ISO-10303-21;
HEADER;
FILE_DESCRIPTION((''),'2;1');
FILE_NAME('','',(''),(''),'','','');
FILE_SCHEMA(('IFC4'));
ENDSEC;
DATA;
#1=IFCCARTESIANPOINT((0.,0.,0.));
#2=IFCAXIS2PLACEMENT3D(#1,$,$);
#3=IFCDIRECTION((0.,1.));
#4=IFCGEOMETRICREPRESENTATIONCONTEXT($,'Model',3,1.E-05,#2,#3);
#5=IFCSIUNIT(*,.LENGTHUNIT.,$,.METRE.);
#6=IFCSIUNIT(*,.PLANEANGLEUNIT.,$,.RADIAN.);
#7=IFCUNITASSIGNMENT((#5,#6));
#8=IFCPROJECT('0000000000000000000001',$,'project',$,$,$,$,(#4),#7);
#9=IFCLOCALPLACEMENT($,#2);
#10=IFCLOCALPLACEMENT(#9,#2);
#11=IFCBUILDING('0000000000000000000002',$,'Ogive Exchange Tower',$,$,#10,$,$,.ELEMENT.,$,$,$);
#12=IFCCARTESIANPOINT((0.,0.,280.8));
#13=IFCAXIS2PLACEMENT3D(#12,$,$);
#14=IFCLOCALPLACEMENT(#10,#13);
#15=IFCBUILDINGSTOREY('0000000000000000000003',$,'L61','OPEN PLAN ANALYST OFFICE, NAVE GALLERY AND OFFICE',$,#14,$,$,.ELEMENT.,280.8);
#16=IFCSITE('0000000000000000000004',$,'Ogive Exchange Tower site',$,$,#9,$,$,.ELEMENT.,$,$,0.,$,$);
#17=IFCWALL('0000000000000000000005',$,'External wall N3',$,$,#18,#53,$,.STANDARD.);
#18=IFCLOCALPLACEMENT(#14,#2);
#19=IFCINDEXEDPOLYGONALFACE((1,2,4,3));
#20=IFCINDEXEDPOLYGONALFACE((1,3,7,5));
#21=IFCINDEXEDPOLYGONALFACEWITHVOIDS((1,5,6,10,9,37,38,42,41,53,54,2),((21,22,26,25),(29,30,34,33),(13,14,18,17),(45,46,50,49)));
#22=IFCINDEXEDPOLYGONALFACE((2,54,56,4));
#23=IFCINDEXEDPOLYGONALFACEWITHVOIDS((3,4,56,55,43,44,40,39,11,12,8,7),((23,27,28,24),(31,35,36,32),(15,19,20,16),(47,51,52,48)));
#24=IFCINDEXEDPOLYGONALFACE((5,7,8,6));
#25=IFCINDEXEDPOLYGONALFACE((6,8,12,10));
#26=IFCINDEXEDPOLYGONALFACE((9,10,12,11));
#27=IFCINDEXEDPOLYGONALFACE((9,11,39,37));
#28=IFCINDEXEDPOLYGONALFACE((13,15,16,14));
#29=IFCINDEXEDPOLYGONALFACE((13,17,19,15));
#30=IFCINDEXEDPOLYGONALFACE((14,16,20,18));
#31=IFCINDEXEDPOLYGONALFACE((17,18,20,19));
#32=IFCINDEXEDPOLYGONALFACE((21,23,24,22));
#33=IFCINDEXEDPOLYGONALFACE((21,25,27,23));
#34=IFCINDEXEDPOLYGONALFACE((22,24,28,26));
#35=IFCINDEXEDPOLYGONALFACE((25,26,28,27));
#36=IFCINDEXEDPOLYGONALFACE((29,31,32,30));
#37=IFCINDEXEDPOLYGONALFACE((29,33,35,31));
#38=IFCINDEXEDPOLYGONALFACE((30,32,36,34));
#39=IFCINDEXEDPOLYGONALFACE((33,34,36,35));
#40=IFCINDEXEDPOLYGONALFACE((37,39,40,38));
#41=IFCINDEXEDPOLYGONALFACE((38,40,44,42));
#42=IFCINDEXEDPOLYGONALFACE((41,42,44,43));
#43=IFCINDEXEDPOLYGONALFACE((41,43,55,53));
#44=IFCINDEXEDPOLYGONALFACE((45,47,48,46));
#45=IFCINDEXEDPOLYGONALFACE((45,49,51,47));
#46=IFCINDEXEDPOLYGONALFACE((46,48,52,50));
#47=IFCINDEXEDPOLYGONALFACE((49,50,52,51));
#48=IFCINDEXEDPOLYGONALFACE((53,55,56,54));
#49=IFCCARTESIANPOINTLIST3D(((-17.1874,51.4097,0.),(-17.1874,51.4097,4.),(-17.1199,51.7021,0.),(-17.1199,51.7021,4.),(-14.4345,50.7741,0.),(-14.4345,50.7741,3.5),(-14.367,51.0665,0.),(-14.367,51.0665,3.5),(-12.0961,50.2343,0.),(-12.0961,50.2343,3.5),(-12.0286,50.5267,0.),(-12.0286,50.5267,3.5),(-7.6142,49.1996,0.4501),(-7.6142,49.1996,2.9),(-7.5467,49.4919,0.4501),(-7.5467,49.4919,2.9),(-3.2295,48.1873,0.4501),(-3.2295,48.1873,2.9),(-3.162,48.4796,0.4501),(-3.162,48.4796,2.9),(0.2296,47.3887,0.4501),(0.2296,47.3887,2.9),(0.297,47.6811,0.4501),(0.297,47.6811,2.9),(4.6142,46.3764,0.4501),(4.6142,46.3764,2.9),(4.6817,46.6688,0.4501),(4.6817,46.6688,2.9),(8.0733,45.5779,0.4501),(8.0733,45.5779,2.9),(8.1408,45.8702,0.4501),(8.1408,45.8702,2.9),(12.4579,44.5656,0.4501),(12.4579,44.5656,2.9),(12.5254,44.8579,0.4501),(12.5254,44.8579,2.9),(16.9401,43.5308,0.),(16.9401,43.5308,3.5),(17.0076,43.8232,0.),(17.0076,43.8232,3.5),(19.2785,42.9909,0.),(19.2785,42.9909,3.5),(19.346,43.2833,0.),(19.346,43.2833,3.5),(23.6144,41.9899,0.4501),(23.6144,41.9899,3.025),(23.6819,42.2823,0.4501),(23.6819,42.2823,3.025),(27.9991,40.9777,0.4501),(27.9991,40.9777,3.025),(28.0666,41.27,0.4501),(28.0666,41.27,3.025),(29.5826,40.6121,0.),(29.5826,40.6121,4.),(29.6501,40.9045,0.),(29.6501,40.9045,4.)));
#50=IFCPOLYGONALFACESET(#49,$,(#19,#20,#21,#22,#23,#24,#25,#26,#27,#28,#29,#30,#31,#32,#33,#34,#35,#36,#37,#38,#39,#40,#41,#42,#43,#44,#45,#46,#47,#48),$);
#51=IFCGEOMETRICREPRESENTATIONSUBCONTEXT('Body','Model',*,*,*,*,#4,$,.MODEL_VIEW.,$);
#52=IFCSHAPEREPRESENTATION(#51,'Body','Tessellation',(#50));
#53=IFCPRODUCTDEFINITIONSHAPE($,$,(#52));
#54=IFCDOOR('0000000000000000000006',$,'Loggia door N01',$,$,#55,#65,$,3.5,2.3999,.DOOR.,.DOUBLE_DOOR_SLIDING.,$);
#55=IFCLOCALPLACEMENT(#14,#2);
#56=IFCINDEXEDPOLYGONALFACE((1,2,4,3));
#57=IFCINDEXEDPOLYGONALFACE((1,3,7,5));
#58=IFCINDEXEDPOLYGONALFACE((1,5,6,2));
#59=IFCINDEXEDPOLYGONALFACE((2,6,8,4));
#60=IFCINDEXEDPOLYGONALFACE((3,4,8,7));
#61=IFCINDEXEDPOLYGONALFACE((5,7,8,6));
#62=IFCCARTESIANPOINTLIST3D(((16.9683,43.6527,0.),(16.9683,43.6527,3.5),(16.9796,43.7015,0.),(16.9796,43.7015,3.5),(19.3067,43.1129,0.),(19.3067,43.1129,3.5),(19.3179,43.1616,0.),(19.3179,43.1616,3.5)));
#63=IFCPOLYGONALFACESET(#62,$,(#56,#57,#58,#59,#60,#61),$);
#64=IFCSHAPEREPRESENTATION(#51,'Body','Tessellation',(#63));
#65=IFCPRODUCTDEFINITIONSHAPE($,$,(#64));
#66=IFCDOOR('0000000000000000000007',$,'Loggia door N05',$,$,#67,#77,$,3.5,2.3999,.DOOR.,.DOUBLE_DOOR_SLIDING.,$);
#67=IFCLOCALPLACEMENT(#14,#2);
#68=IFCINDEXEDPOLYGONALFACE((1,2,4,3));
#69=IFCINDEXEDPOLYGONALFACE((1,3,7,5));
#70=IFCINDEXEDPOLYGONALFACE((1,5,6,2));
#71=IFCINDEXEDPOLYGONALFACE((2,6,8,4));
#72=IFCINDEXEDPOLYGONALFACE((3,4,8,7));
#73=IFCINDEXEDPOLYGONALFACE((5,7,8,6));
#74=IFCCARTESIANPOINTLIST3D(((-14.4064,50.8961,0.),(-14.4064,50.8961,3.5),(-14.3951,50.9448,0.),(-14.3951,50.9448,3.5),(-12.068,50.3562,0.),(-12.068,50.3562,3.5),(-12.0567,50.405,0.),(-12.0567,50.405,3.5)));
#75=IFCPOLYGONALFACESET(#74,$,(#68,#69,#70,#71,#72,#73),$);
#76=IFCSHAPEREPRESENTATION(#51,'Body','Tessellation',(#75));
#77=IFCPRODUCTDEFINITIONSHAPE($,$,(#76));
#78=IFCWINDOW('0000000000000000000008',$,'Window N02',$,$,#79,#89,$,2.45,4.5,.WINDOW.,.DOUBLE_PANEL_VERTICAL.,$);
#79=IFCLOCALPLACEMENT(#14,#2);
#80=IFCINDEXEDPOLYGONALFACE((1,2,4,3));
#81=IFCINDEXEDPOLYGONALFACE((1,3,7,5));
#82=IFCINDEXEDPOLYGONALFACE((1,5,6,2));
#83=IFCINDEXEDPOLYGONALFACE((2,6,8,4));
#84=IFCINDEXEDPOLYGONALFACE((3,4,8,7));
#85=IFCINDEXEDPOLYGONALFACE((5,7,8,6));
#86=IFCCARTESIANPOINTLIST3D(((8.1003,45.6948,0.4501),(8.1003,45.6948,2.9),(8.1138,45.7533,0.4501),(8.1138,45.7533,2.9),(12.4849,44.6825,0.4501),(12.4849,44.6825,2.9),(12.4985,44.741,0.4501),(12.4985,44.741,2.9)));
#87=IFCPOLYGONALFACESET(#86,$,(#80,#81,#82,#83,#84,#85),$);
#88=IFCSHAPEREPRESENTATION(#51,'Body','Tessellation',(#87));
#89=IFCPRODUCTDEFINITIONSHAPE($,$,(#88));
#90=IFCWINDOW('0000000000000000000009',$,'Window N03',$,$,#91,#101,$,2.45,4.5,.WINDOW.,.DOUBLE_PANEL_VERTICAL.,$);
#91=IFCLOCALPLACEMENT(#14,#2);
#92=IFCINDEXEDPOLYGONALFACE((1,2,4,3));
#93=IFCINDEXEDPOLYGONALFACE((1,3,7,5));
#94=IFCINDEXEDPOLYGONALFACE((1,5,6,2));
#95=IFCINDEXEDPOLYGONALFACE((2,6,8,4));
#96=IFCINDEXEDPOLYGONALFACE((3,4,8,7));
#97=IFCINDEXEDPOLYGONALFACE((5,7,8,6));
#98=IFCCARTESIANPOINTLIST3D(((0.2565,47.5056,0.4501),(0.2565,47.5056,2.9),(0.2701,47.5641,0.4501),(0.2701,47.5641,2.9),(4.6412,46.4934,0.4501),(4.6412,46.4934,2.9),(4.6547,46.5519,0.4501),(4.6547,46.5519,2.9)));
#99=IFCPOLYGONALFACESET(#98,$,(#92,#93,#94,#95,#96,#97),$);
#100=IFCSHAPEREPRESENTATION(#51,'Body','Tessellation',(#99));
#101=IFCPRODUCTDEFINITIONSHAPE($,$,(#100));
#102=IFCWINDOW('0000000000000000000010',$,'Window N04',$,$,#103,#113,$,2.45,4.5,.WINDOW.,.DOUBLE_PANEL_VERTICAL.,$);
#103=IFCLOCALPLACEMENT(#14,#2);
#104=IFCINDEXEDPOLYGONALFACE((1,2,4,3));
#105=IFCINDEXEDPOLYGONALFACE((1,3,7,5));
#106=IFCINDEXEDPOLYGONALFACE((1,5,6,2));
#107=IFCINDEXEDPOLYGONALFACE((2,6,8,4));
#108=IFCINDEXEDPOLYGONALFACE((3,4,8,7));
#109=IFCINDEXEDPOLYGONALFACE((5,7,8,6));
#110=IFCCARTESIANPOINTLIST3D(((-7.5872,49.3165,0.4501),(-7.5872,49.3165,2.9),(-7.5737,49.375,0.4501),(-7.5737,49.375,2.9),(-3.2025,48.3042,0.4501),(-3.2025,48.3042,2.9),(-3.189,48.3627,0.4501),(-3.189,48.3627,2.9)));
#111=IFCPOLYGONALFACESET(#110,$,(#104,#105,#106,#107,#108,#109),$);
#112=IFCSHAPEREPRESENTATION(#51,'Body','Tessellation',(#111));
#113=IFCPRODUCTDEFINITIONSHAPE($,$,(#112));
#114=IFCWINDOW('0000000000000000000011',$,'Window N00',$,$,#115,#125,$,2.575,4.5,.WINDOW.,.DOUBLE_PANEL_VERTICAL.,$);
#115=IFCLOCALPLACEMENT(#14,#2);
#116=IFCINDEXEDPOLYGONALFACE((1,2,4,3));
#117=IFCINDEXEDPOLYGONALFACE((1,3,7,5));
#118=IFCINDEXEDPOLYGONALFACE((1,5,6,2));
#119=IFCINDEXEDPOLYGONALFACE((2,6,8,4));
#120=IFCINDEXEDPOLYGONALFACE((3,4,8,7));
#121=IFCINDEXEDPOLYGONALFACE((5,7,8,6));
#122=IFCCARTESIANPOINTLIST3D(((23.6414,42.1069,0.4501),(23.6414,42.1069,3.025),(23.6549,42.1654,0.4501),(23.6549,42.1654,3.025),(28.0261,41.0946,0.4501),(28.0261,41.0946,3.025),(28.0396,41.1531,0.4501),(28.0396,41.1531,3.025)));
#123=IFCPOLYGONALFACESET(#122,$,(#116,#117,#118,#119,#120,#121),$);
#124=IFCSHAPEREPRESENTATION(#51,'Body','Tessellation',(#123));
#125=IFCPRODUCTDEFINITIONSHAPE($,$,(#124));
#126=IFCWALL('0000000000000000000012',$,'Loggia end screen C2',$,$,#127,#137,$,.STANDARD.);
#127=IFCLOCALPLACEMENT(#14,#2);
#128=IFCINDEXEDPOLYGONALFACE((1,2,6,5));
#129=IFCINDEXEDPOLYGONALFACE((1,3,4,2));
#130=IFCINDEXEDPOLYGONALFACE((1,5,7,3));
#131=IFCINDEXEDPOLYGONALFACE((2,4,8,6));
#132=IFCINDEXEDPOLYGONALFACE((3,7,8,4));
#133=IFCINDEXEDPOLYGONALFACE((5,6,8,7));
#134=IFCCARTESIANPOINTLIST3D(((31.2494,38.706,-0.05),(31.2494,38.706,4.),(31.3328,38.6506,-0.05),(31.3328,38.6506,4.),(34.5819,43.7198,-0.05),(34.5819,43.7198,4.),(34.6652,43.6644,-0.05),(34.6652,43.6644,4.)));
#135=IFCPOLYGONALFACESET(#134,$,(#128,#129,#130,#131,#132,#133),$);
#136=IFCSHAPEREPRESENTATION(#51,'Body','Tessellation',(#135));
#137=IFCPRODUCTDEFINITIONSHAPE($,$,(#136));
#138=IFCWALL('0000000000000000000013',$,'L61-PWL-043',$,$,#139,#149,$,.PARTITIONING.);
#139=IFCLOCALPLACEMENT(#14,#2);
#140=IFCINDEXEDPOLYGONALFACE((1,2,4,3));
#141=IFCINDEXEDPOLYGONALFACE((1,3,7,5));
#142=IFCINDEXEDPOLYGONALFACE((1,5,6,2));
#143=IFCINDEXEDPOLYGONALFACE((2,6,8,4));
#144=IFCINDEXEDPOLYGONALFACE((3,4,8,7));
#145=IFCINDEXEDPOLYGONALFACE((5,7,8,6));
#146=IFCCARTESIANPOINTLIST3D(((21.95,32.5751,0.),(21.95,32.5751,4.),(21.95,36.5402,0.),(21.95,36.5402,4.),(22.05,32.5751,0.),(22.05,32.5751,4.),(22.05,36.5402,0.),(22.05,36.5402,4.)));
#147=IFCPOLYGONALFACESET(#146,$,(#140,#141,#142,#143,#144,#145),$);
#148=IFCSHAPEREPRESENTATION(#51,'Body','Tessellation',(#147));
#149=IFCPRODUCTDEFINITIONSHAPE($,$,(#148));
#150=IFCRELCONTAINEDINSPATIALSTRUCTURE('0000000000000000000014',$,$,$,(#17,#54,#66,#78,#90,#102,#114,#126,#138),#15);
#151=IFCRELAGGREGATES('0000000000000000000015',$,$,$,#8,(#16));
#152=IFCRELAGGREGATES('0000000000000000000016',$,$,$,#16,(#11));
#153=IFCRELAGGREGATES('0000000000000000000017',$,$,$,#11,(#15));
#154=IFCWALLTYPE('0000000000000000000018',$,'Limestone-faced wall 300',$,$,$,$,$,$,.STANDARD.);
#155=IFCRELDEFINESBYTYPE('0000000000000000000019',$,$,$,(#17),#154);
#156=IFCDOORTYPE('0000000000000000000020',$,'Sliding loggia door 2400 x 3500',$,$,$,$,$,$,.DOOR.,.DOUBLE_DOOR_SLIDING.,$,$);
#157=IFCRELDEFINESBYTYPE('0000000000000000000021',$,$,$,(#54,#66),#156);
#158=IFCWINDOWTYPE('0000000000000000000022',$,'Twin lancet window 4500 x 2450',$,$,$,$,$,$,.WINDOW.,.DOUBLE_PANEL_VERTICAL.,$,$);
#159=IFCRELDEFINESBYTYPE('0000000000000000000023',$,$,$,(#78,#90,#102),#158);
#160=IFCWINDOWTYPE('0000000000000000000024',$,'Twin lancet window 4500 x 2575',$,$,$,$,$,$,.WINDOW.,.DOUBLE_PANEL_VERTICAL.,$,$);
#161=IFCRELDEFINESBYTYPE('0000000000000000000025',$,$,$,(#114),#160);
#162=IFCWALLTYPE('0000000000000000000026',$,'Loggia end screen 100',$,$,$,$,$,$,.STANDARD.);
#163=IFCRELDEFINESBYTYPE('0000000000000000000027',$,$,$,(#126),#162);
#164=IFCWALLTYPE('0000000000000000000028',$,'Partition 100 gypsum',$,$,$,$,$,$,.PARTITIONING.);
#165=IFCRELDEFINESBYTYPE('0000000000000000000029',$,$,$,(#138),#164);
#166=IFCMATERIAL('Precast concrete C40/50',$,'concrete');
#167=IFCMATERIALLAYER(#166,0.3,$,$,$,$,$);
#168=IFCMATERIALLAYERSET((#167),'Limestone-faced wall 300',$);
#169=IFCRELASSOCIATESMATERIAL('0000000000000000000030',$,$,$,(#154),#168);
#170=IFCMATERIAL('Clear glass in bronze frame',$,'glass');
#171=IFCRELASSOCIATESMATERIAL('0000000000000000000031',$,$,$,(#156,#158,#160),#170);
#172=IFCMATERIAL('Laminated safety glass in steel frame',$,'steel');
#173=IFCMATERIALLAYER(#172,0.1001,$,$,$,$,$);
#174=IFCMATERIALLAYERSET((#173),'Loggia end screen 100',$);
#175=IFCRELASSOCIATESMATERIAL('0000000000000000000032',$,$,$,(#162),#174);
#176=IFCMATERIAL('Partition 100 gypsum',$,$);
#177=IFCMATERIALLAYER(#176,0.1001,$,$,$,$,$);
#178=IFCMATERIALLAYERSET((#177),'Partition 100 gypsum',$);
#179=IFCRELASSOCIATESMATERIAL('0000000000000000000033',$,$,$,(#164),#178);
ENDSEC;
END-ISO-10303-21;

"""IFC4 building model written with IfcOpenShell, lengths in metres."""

from ifc_helpers import new_model, si_unit, direction, frame, frame_2d, origin, place, context, subcontext, project, spatial, rectangle, extrude, material, layer, layer_set, type_object, element, fill, save


model = new_model("IFC4")

# Units and contexts
model_context = context("Model", 3, precision=1e-05, world=origin(), true_north=direction((0.0, 1.0)))
body_context = subcontext(model_context, "Body", "Model", "MODEL_VIEW")
ifc_project = project(units=[si_unit("LENGTHUNIT", "METRE"), si_unit("PLANEANGLEUNIT", "RADIAN")], contexts=[model_context])

# Site, building, storey
site_placement = place(None, origin())
site = spatial("IfcSite", under=ifc_project, at=site_placement, Name="Ogive Exchange Tower site", CompositionType="ELEMENT", RefElevation=0.0)
building_placement = place(site_placement, origin())
building = spatial("IfcBuilding", under=site, at=building_placement, Name="Ogive Exchange Tower", CompositionType="ELEMENT")
storey_placement = place(building_placement, frame((0.0, 0.0, 280.8)))
storey = spatial("IfcBuildingStorey", under=building, at=storey_placement, Name="L61", Description="OPEN PLAN ANALYST OFFICE, NAVE GALLERY AND OFFICE", CompositionType="ELEMENT", Elevation=280.8)

# Wall, openings, doors, windows
ifc_material_1 = material(Name="Precast concrete C40/50", Category="concrete")
ifc_layer_1 = layer(ifc_material_1, 0.3)
ifc_layer_set_1 = layer_set([ifc_layer_1], Name="Limestone-faced wall 300")
wall_type_1 = type_object("IfcWallType", Name="Limestone-faced wall 300", PredefinedType="STANDARD", material=ifc_layer_set_1)
wall_1_placement = place(storey_placement, frame((29.6162, 40.7583, 0.0), z_axis=(0.0, 0.0, 1.0), x_axis=(-0.974371, 0.224949, 0.0)))
wall_1 = element("IfcWall", 1, at=wall_1_placement, inside=storey, type_object=wall_type_1, Name="External wall N3", PredefinedType="STANDARD", context=body_context, shape_type="SweptSolid", body=[
    extrude(rectangle(XDim=48.0002, YDim=0.3, at=frame_2d((24.0, 0.0))), origin(), (0.0, 0.0, 1.0), 4.0),
])
opening_1_placement = place(wall_1_placement, frame((1.625, 0.0, 0.45)))
opening_1 = element("IfcOpeningElement", 2, at=opening_1_placement, cuts=wall_1, PredefinedType="OPENING", context=body_context, shape_type="SweptSolid", body=[
    extrude(rectangle(XDim=4.5, YDim=2.575, at=frame_2d((2.25, 1.2876))), frame((0.0, 0.1599, 0.0), z_axis=(0.0, -1.0, 0.0), x_axis=(1.0, 0.0, 0.0)), (0.0, 0.0, 1.0), 0.3201),
])
opening_2_placement = place(wall_1_placement, frame((10.575, 0.0, 0.0)))
opening_2 = element("IfcOpeningElement", 3, at=opening_2_placement, cuts=wall_1, PredefinedType="OPENING", context=body_context, shape_type="SweptSolid", body=[
    extrude(rectangle(XDim=2.3999, YDim=3.5, at=frame_2d((1.2, 1.75))), frame((0.0, 0.1599, 0.0), z_axis=(0.0, -1.0, 0.0), x_axis=(1.0, 0.0, 0.0)), (0.0, 0.0, 1.0), 0.3201),
])
opening_3_placement = place(wall_1_placement, frame((17.575, 0.0, 0.45)))
opening_3 = element("IfcOpeningElement", 4, at=opening_3_placement, cuts=wall_1, PredefinedType="OPENING", context=body_context, shape_type="SweptSolid", body=[
    extrude(rectangle(XDim=4.5, YDim=2.45, at=frame_2d((2.25, 1.2251))), frame((0.0, 0.1599, 0.0), z_axis=(0.0, -1.0, 0.0), x_axis=(1.0, 0.0, 0.0)), (0.0, 0.0, 1.0), 0.3201),
])
opening_4_placement = place(wall_1_placement, frame((25.625, 0.0, 0.45)))
opening_4 = element("IfcOpeningElement", 5, at=opening_4_placement, cuts=wall_1, PredefinedType="OPENING", context=body_context, shape_type="SweptSolid", body=[
    extrude(rectangle(XDim=4.5, YDim=2.45, at=frame_2d((2.25, 1.2251))), frame((0.0, 0.1599, 0.0), z_axis=(0.0, -1.0, 0.0), x_axis=(1.0, 0.0, 0.0)), (0.0, 0.0, 1.0), 0.3201),
])
opening_5_placement = place(wall_1_placement, frame((33.675, 0.0, 0.45)))
opening_5 = element("IfcOpeningElement", 6, at=opening_5_placement, cuts=wall_1, PredefinedType="OPENING", context=body_context, shape_type="SweptSolid", body=[
    extrude(rectangle(XDim=4.5, YDim=2.45, at=frame_2d((2.25, 1.2251))), frame((0.0, 0.1599, 0.0), z_axis=(0.0, -1.0, 0.0), x_axis=(1.0, 0.0, 0.0)), (0.0, 0.0, 1.0), 0.3201),
])
opening_6_placement = place(wall_1_placement, frame((42.7749, 0.0, 0.0)))
opening_6 = element("IfcOpeningElement", 7, at=opening_6_placement, cuts=wall_1, PredefinedType="OPENING", context=body_context, shape_type="SweptSolid", body=[
    extrude(rectangle(XDim=2.3999, YDim=3.5, at=frame_2d((1.2, 1.75))), frame((0.0, 0.1599, 0.0), z_axis=(0.0, -1.0, 0.0), x_axis=(1.0, 0.0, 0.0)), (0.0, 0.0, 1.0), 0.3201),
])
ifc_material_2 = material(Name="Clear glass in bronze frame", Category="glass")
door_type_1 = type_object("IfcDoorType", Name="Sliding loggia door 2400 x 3500", OperationType="DOUBLE_DOOR_SLIDING", PredefinedType="DOOR", material=ifc_material_2)
door_1_placement = place(opening_2_placement, origin())
door_1 = element("IfcDoor", 8, at=door_1_placement, inside=storey, type_object=door_type_1, Name="Loggia door N01", OperationType="DOUBLE_DOOR_SLIDING", OverallHeight=3.5, OverallWidth=2.3999, PredefinedType="DOOR", context=body_context, shape_type="SweptSolid", body=[
    extrude(rectangle(XDim=2.3999, YDim=3.5, at=frame_2d((1.2, 1.75))), frame((0.0, 0.0249, 0.0), z_axis=(0.0, -1.0, 0.0), x_axis=(1.0, 0.0, 0.0)), (0.0, 0.0, 1.0), 0.05),
])
fill(opening_2, door_1)
door_2_placement = place(opening_6_placement, origin())
door_2 = element("IfcDoor", 9, at=door_2_placement, inside=storey, type_object=door_type_1, Name="Loggia door N05", OperationType="DOUBLE_DOOR_SLIDING", OverallHeight=3.5, OverallWidth=2.3999, PredefinedType="DOOR", context=body_context, shape_type="SweptSolid", body=[
    extrude(rectangle(XDim=2.3999, YDim=3.5, at=frame_2d((1.2, 1.75))), frame((0.0, 0.0249, 0.0), z_axis=(0.0, -1.0, 0.0), x_axis=(1.0, 0.0, 0.0)), (0.0, 0.0, 1.0), 0.05),
])
fill(opening_6, door_2)
window_type_1 = type_object("IfcWindowType", Name="Twin lancet window 4500 x 2450", PartitioningType="DOUBLE_PANEL_VERTICAL", PredefinedType="WINDOW", material=ifc_material_2)
window_1_placement = place(opening_3_placement, origin())
window_1 = element("IfcWindow", 10, at=window_1_placement, inside=storey, type_object=window_type_1, Name="Window N02", OverallHeight=2.45, OverallWidth=4.5, PartitioningType="DOUBLE_PANEL_VERTICAL", PredefinedType="WINDOW", context=body_context, shape_type="SweptSolid", body=[
    extrude(rectangle(XDim=4.5, YDim=2.45, at=frame_2d((2.25, 1.2251))), frame((0.0, 0.03, 0.0), z_axis=(0.0, -1.0, 0.0), x_axis=(1.0, 0.0, 0.0)), (0.0, 0.0, 1.0), 0.0601),
])
fill(opening_3, window_1)
window_2_placement = place(opening_4_placement, origin())
window_2 = element("IfcWindow", 11, at=window_2_placement, inside=storey, type_object=window_type_1, Name="Window N03", OverallHeight=2.45, OverallWidth=4.5, PartitioningType="DOUBLE_PANEL_VERTICAL", PredefinedType="WINDOW", context=body_context, shape_type="SweptSolid", body=[
    extrude(rectangle(XDim=4.5, YDim=2.45, at=frame_2d((2.25, 1.2251))), frame((0.0, 0.03, 0.0), z_axis=(0.0, -1.0, 0.0), x_axis=(1.0, 0.0, 0.0)), (0.0, 0.0, 1.0), 0.0601),
])
fill(opening_4, window_2)
window_3_placement = place(opening_5_placement, origin())
window_3 = element("IfcWindow", 12, at=window_3_placement, inside=storey, type_object=window_type_1, Name="Window N04", OverallHeight=2.45, OverallWidth=4.5, PartitioningType="DOUBLE_PANEL_VERTICAL", PredefinedType="WINDOW", context=body_context, shape_type="SweptSolid", body=[
    extrude(rectangle(XDim=4.5, YDim=2.45, at=frame_2d((2.25, 1.2251))), frame((0.0, 0.03, 0.0), z_axis=(0.0, -1.0, 0.0), x_axis=(1.0, 0.0, 0.0)), (0.0, 0.0, 1.0), 0.0601),
])
fill(opening_5, window_3)
window_type_2 = type_object("IfcWindowType", Name="Twin lancet window 4500 x 2575", PartitioningType="DOUBLE_PANEL_VERTICAL", PredefinedType="WINDOW", material=ifc_material_2)
window_4_placement = place(opening_1_placement, origin())
window_4 = element("IfcWindow", 13, at=window_4_placement, inside=storey, type_object=window_type_2, Name="Window N00", OverallHeight=2.575, OverallWidth=4.5, PartitioningType="DOUBLE_PANEL_VERTICAL", PredefinedType="WINDOW", context=body_context, shape_type="SweptSolid", body=[
    extrude(rectangle(XDim=4.5, YDim=2.575, at=frame_2d((2.25, 1.2876))), frame((0.0, 0.03, 0.0), z_axis=(0.0, -1.0, 0.0), x_axis=(1.0, 0.0, 0.0)), (0.0, 0.0, 1.0), 0.0601),
])
fill(opening_1, window_4)

# Walls
ifc_material_3 = material(Name="Laminated safety glass in steel frame", Category="steel")
ifc_layer_2 = layer(ifc_material_3, 0.1001)
ifc_layer_set_2 = layer_set([ifc_layer_2], Name="Loggia end screen 100")
wall_type_2 = type_object("IfcWallType", Name="Loggia end screen 100", PredefinedType="STANDARD", material=ifc_layer_set_2)
wall_2_placement = place(storey_placement, frame((31.291, 38.6782, -0.05), z_axis=(0.0, 0.0, 1.0), x_axis=(0.553539, 0.832823, 0.0)))
element("IfcWall", 14, at=wall_2_placement, inside=storey, type_object=wall_type_2, Name="Loggia end screen C2", PredefinedType="STANDARD", context=body_context, shape_type="SweptSolid", body=[
    extrude(rectangle(XDim=6.0203, YDim=0.1001, at=frame_2d((3.0103, 0.0))), origin(), (0.0, 0.0, 1.0), 4.05),
])
ifc_material_4 = material(Name="Partition 100 gypsum")
ifc_layer_3 = layer(ifc_material_4, 0.1001)
ifc_layer_set_3 = layer_set([ifc_layer_3], Name="Partition 100 gypsum")
wall_type_3 = type_object("IfcWallType", Name="Partition 100 gypsum", PredefinedType="PARTITIONING", material=ifc_layer_set_3)
wall_3_placement = place(storey_placement, frame((22.0, 36.54, 0.0), z_axis=(0.0, 0.0, 1.0), x_axis=(0.0, -1.0, 0.0)))
element("IfcWall", 15, at=wall_3_placement, inside=storey, type_object=wall_type_3, Name="L61-PWL-043", PredefinedType="PARTITIONING", context=body_context, shape_type="SweptSolid", body=[
    extrude(rectangle(XDim=3.9651, YDim=0.1001, at=frame_2d((1.9824, 0.0))), origin(), (0.0, 0.0, 1.0), 4.0),
])

save(model, "model.ifc")
